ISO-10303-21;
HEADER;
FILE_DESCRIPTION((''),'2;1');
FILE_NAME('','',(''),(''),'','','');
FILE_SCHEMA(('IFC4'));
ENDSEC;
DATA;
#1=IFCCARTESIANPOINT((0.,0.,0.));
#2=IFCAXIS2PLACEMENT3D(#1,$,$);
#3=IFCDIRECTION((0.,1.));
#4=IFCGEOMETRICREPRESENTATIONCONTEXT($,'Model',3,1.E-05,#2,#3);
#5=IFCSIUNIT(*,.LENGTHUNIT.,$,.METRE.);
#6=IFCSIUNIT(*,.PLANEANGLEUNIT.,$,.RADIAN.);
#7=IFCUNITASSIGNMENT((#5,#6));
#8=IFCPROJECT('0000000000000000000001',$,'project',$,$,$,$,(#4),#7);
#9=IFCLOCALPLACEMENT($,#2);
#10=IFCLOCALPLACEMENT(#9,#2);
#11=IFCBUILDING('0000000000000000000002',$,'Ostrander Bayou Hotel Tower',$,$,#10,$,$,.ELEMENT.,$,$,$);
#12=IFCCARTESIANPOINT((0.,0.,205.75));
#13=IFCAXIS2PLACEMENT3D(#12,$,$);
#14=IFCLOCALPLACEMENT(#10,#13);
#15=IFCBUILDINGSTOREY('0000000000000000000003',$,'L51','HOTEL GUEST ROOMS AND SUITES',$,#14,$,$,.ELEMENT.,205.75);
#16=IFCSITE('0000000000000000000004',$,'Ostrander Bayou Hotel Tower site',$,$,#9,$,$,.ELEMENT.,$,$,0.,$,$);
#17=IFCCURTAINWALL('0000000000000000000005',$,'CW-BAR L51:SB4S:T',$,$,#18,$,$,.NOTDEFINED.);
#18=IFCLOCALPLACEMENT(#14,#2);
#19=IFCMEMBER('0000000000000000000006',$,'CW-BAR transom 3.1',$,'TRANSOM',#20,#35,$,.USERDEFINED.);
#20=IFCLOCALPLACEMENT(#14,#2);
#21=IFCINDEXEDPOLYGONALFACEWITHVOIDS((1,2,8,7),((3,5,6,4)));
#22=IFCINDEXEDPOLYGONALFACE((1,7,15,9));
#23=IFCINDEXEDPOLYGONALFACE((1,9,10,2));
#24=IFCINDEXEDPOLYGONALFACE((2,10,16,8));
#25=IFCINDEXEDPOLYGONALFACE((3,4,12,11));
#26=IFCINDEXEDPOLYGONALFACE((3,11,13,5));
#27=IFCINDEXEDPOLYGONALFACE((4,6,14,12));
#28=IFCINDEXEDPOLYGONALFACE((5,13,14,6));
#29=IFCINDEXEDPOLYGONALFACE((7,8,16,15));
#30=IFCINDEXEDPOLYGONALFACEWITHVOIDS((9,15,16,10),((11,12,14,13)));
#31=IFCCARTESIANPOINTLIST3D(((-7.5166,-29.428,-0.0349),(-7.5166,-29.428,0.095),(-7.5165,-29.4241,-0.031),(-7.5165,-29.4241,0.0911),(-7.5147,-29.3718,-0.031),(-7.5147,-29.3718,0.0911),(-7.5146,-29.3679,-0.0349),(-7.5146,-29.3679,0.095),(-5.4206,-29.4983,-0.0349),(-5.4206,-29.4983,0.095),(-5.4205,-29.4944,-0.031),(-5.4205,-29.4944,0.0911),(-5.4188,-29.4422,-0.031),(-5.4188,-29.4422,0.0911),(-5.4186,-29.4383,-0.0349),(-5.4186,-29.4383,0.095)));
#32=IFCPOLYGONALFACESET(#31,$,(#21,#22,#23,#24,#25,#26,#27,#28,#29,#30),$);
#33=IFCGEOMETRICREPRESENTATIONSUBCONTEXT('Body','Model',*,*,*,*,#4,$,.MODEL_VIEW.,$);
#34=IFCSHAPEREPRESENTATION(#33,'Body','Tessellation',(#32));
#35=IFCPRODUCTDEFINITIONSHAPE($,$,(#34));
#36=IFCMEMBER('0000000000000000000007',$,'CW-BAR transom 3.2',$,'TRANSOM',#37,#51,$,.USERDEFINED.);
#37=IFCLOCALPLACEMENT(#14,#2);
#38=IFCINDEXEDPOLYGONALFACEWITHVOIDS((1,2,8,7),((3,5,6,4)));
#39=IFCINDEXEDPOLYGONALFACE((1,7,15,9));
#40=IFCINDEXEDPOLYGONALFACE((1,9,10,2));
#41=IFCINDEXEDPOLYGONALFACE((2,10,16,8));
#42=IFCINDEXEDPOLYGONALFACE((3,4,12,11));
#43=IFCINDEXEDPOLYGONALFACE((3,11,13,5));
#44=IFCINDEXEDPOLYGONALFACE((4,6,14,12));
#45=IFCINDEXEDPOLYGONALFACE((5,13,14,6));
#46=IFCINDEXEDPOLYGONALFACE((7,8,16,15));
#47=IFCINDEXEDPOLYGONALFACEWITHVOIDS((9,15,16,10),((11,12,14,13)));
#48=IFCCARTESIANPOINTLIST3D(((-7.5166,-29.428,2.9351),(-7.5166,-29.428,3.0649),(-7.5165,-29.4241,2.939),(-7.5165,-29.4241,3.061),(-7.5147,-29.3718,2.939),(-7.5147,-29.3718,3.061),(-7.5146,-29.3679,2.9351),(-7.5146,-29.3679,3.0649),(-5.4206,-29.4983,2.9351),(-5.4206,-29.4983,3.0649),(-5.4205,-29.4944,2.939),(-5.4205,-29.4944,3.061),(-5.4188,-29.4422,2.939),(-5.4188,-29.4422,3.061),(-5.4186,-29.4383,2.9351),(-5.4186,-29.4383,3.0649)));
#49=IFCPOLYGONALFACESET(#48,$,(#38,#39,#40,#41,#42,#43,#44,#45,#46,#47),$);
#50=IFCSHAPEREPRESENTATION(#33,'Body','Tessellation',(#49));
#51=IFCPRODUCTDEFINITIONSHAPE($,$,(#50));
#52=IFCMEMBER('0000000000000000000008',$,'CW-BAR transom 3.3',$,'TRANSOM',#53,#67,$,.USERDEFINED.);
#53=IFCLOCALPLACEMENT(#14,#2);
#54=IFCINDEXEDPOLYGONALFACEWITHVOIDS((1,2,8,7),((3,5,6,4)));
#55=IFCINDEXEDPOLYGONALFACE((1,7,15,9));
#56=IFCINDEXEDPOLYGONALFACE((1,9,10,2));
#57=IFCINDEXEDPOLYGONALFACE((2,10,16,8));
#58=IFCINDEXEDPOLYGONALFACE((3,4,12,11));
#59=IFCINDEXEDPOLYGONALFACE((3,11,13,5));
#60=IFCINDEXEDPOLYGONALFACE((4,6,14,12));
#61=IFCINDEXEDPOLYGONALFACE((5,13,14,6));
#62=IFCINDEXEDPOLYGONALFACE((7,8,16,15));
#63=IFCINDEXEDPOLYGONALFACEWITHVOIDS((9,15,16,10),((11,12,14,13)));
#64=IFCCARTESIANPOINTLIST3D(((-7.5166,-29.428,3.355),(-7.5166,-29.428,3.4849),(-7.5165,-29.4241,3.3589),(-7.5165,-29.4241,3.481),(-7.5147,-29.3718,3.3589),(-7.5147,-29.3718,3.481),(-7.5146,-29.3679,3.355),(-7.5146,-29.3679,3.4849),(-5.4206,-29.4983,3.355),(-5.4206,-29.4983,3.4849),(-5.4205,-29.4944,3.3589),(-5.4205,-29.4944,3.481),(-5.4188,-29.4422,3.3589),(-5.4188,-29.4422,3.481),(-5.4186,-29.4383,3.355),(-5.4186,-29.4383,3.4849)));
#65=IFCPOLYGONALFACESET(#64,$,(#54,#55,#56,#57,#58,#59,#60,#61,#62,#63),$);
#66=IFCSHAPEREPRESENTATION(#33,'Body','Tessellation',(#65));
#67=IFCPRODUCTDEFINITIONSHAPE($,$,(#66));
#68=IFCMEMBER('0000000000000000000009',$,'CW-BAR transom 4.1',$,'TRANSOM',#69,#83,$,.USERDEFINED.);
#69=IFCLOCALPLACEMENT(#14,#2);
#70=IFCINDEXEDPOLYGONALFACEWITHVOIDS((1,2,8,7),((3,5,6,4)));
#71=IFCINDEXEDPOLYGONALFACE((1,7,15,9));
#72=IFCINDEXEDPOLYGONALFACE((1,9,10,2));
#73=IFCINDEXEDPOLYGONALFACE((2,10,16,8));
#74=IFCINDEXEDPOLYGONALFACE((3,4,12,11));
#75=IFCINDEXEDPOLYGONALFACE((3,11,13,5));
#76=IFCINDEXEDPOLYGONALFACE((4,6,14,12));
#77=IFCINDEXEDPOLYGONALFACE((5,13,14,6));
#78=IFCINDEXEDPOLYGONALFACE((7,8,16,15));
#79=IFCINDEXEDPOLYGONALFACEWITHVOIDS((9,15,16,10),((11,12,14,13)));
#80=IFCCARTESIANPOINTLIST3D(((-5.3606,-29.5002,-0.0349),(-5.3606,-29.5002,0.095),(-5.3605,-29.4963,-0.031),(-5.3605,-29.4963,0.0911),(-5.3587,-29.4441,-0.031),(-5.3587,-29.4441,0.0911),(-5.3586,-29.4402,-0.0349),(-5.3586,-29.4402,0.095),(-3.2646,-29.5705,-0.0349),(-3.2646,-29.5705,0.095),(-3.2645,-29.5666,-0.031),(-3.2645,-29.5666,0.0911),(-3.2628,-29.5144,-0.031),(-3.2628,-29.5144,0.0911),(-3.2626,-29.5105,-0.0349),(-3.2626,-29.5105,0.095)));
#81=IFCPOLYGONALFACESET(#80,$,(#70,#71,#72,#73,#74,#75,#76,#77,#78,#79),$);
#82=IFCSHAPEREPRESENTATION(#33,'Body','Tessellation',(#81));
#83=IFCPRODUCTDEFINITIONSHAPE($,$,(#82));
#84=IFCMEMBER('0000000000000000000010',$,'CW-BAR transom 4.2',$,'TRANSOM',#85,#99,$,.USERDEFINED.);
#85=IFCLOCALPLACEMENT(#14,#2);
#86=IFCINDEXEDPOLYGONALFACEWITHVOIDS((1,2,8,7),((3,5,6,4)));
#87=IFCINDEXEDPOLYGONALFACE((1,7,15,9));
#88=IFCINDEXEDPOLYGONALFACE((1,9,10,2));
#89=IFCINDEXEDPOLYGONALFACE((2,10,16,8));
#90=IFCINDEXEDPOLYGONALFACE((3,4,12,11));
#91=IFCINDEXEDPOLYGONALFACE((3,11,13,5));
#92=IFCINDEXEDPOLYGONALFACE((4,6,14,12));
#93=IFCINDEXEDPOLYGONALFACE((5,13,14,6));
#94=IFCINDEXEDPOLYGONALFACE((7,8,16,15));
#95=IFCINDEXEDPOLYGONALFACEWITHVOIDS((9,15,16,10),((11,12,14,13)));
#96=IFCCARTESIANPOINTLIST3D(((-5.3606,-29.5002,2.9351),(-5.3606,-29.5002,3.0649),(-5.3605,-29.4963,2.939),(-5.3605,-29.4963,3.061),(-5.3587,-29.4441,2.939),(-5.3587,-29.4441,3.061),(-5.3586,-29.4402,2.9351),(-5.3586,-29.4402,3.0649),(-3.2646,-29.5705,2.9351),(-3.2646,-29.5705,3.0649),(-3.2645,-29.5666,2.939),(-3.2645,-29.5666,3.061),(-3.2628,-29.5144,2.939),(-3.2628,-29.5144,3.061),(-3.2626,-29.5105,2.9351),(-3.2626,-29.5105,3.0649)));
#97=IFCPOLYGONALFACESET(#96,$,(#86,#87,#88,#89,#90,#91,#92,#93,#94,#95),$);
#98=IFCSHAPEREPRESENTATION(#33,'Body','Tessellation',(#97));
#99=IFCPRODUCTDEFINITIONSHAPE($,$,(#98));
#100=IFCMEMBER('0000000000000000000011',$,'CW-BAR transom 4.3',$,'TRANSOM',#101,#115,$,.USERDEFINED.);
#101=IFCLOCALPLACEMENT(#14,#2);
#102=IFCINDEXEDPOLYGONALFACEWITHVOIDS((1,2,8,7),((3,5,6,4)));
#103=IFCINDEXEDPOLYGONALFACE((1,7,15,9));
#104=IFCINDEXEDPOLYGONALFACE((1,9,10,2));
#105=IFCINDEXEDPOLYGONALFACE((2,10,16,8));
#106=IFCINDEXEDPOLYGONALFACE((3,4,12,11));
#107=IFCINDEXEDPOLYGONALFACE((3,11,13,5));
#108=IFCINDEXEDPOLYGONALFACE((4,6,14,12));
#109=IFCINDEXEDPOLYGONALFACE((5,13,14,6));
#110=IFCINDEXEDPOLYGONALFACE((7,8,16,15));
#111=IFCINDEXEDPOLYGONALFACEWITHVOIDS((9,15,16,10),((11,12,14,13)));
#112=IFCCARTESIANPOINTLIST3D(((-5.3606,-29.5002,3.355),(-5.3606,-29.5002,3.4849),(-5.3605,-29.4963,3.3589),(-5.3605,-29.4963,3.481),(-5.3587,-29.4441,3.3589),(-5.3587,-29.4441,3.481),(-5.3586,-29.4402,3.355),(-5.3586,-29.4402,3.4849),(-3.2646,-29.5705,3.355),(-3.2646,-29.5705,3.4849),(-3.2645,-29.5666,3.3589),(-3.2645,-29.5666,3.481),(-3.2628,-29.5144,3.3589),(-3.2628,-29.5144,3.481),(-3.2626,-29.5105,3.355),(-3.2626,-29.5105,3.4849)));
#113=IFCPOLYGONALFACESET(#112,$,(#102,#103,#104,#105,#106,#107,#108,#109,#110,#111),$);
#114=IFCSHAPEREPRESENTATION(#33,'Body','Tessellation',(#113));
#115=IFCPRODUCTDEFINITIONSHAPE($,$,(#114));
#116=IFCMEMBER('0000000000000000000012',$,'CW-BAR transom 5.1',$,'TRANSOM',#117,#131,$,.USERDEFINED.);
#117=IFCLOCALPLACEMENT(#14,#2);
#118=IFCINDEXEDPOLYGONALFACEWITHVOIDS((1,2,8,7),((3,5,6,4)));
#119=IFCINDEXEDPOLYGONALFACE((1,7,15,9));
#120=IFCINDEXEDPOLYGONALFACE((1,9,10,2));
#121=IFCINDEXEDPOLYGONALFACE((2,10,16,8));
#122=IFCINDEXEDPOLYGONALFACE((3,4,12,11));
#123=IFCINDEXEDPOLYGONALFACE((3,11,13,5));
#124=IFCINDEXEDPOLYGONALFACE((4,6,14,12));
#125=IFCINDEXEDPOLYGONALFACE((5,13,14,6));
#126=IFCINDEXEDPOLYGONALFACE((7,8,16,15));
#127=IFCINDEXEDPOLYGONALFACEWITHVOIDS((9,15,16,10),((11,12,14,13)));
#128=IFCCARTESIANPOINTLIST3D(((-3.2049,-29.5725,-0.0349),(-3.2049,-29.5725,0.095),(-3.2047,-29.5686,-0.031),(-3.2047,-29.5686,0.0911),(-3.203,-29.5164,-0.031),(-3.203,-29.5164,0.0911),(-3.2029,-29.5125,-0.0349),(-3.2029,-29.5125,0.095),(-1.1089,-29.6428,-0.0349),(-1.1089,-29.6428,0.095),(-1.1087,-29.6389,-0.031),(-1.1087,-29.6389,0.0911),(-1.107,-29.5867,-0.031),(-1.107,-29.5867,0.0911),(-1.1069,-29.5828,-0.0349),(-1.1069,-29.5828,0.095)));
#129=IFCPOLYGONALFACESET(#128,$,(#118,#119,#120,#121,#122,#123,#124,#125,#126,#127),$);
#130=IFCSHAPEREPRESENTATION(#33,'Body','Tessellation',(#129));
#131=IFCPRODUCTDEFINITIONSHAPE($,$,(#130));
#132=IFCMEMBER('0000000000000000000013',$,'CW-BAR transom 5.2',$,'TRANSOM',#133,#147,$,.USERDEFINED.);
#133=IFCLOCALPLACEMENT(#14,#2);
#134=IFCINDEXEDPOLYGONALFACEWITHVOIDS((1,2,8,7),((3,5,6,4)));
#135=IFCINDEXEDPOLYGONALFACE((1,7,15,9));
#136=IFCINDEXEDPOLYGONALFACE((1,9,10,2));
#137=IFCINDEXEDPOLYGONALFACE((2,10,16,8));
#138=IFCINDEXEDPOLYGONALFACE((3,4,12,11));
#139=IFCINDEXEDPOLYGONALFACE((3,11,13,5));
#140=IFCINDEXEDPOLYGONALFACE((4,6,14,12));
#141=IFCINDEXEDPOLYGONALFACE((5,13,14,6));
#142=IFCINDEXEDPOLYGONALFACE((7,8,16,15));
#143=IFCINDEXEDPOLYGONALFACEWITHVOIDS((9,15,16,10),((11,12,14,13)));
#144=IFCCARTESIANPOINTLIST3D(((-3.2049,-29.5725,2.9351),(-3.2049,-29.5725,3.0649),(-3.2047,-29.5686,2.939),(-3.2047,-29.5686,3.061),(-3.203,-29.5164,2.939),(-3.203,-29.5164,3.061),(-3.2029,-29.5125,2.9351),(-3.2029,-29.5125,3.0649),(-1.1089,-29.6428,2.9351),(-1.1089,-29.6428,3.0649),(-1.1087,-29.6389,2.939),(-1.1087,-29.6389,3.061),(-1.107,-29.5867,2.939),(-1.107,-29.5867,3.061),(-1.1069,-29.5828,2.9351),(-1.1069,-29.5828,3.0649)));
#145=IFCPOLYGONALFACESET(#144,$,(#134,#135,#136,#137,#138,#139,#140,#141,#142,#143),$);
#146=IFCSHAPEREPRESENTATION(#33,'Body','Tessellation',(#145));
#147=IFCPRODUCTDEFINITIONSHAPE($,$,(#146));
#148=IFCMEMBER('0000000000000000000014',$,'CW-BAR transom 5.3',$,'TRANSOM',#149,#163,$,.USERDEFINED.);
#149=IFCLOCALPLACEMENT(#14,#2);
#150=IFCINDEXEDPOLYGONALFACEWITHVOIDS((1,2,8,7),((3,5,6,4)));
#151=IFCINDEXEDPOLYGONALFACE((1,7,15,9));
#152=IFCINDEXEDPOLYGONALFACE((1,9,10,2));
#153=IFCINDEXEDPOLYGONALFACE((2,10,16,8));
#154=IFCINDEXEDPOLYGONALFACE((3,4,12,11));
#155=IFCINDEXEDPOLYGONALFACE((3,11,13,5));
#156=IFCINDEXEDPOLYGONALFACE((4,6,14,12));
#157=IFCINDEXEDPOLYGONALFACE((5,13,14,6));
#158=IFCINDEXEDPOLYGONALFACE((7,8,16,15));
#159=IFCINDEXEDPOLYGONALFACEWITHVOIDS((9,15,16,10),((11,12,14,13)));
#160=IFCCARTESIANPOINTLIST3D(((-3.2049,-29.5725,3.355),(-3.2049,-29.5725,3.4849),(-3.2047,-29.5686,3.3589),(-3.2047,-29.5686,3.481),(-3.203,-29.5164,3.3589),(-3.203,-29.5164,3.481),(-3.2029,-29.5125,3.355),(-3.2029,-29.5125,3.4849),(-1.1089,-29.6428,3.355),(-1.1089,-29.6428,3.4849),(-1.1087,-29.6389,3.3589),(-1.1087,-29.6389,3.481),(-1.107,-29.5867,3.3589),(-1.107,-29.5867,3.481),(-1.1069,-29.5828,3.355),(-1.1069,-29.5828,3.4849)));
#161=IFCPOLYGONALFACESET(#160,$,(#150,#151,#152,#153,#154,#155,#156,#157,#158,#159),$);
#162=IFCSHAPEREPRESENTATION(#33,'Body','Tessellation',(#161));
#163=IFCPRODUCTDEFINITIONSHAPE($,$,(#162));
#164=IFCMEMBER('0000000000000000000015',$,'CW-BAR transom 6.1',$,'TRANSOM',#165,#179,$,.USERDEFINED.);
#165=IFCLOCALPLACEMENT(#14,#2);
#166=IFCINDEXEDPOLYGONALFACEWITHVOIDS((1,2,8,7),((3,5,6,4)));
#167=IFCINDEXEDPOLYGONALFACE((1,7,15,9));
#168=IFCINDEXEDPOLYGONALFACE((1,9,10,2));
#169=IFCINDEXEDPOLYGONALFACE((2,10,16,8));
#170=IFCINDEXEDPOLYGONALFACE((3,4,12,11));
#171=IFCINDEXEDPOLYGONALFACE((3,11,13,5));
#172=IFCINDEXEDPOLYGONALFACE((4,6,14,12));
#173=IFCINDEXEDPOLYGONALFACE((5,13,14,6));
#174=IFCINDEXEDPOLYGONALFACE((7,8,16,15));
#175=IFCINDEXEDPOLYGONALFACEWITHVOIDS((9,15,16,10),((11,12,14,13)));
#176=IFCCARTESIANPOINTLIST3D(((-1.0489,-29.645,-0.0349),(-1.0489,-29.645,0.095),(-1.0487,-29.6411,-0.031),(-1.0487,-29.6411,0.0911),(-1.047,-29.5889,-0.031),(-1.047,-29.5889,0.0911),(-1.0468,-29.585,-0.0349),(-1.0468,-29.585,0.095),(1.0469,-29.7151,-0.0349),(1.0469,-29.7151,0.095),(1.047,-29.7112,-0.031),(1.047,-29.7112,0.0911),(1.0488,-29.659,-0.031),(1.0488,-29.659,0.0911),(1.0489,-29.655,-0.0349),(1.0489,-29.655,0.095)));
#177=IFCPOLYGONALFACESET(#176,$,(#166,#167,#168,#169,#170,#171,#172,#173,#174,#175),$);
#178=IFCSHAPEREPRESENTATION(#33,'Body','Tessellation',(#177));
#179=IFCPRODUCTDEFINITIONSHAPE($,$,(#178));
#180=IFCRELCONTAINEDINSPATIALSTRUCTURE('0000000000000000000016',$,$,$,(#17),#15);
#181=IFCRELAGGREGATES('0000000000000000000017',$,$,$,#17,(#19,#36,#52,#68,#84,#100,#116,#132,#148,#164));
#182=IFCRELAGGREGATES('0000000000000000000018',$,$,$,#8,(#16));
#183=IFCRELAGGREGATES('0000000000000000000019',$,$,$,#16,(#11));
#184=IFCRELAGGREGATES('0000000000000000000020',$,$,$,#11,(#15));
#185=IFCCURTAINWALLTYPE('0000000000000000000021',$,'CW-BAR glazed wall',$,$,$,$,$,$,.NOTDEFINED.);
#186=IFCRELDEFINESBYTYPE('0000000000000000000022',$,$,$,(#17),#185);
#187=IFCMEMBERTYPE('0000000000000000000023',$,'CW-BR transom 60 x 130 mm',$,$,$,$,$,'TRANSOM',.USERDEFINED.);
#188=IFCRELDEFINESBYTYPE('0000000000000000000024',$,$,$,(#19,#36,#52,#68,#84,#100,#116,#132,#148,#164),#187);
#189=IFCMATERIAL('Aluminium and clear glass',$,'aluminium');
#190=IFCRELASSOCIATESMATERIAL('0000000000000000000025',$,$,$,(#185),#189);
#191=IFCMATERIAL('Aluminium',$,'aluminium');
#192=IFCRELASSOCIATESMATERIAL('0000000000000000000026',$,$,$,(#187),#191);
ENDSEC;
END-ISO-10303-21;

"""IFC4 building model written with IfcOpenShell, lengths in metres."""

from ifc_helpers import new_model, si_unit, direction, frame, origin, origin_2d, place, context, subcontext, project, spatial, hollow_rectangle, extrude, material, material_profile, profile_set, type_object, element, aggregate, save


model = new_model("IFC4")

# Units and contexts
model_context = context("Model", 3, precision=1e-05, world=origin(), true_north=direction((0.0, 1.0)))
body_context = subcontext(model_context, "Body", "Model", "MODEL_VIEW")
ifc_project = project(units=[si_unit("LENGTHUNIT", "METRE"), si_unit("PLANEANGLEUNIT", "RADIAN")], contexts=[model_context])

# Site, building, storey
site_placement = place(None, origin())
site = spatial("IfcSite", under=ifc_project, at=site_placement, Name="Ostrander Bayou Hotel Tower site", CompositionType="ELEMENT", RefElevation=0.0)
building_placement = place(site_placement, origin())
building = spatial("IfcBuilding", under=site, at=building_placement, Name="Ostrander Bayou Hotel Tower", CompositionType="ELEMENT")
storey_placement = place(building_placement, frame((0.0, 0.0, 205.75)))
storey = spatial("IfcBuildingStorey", under=building, at=storey_placement, Name="L51", Description="HOTEL GUEST ROOMS AND SUITES", CompositionType="ELEMENT", Elevation=205.75)

# Curtain wall, members
ifc_material_1 = material(Name="Aluminium and clear glass", Category="aluminium")
curtain_wall_type = type_object("IfcCurtainWallType", Name="CW-BAR glazed wall", PredefinedType="NOTDEFINED", material=ifc_material_1)
curtain_wall_placement = place(storey_placement, origin())
curtain_wall = element("IfcCurtainWall", 1, at=curtain_wall_placement, inside=storey, type_object=curtain_wall_type, Name="CW-BAR L51:SB4S:T", PredefinedType="NOTDEFINED")
ifc_material_2 = material(Name="Aluminium", Category="aluminium")
ifc_material_profile_1 = material_profile(ifc_material_2, hollow_rectangle(XDim=0.0601, YDim=0.1299, WallThickness=0.0039, at=origin_2d()))
ifc_profile_set_1 = profile_set([ifc_material_profile_1], Name="Aluminium")
member_type_1 = type_object("IfcMemberType", Name="CW-BR transom 60 x 130 mm", ElementType="TRANSOM", PredefinedType="USERDEFINED", material=ifc_profile_set_1)
member_1_placement = place(storey_placement, frame((-7.5156, -29.3979, 0.03), z_axis=(0.999438, -0.033528, 0.0), x_axis=(0.033528, 0.999438, 0.0)))
member_1 = element("IfcMember", 2, at=member_1_placement, type_object=member_type_1, Name="CW-BAR transom 3.1", ObjectType="TRANSOM", PredefinedType="USERDEFINED", context=body_context, shape_type="SweptSolid", body=[
    extrude(hollow_rectangle(XDim=0.0601, YDim=0.1299, WallThickness=0.0039, at=origin_2d()), origin(), (0.0, 0.0, 1.0), 2.0972),
])
member_2_placement = place(storey_placement, frame((-7.5156, -29.3979, 3.0), z_axis=(0.999438, -0.033528, 0.0), x_axis=(0.033528, 0.999438, 0.0)))
member_2 = element("IfcMember", 3, at=member_2_placement, type_object=member_type_1, Name="CW-BAR transom 3.2", ObjectType="TRANSOM", PredefinedType="USERDEFINED", context=body_context, shape_type="SweptSolid", body=[
    extrude(hollow_rectangle(XDim=0.0601, YDim=0.1299, WallThickness=0.0039, at=origin_2d()), origin(), (0.0, 0.0, 1.0), 2.0972),
])
member_3_placement = place(storey_placement, frame((-7.5156, -29.3979, 3.4199), z_axis=(0.999438, -0.033528, 0.0), x_axis=(0.033528, 0.999438, 0.0)))
member_3 = element("IfcMember", 4, at=member_3_placement, type_object=member_type_1, Name="CW-BAR transom 3.3", ObjectType="TRANSOM", PredefinedType="USERDEFINED", context=body_context, shape_type="SweptSolid", body=[
    extrude(hollow_rectangle(XDim=0.0601, YDim=0.1299, WallThickness=0.0039, at=origin_2d()), origin(), (0.0, 0.0, 1.0), 2.0972),
])
member_4_placement = place(storey_placement, frame((-5.3596, -29.4702, 0.03), z_axis=(0.999438, -0.033528, 0.0), x_axis=(0.033528, 0.999438, 0.0)))
member_4 = element("IfcMember", 5, at=member_4_placement, type_object=member_type_1, Name="CW-BAR transom 4.1", ObjectType="TRANSOM", PredefinedType="USERDEFINED", context=body_context, shape_type="SweptSolid", body=[
    extrude(hollow_rectangle(XDim=0.0601, YDim=0.1299, WallThickness=0.0039, at=origin_2d()), origin(), (0.0, 0.0, 1.0), 2.0972),
])
member_5_placement = place(storey_placement, frame((-5.3596, -29.4702, 3.0), z_axis=(0.999438, -0.033528, 0.0), x_axis=(0.033528, 0.999438, 0.0)))
member_5 = element("IfcMember", 6, at=member_5_placement, type_object=member_type_1, Name="CW-BAR transom 4.2", ObjectType="TRANSOM", PredefinedType="USERDEFINED", context=body_context, shape_type="SweptSolid", body=[
    extrude(hollow_rectangle(XDim=0.0601, YDim=0.1299, WallThickness=0.0039, at=origin_2d()), origin(), (0.0, 0.0, 1.0), 2.0972),
])
member_6_placement = place(storey_placement, frame((-5.3596, -29.4702, 3.4199), z_axis=(0.999438, -0.033528, 0.0), x_axis=(0.033528, 0.999438, 0.0)))
member_6 = element("IfcMember", 7, at=member_6_placement, type_object=member_type_1, Name="CW-BAR transom 4.3", ObjectType="TRANSOM", PredefinedType="USERDEFINED", context=body_context, shape_type="SweptSolid", body=[
    extrude(hollow_rectangle(XDim=0.0601, YDim=0.1299, WallThickness=0.0039, at=origin_2d()), origin(), (0.0, 0.0, 1.0), 2.0972),
])
member_7_placement = place(storey_placement, frame((-3.2039, -29.5425, 0.03), z_axis=(0.999438, -0.033528, 0.0), x_axis=(0.033528, 0.999438, 0.0)))
member_7 = element("IfcMember", 8, at=member_7_placement, type_object=member_type_1, Name="CW-BAR transom 5.1", ObjectType="TRANSOM", PredefinedType="USERDEFINED", context=body_context, shape_type="SweptSolid", body=[
    extrude(hollow_rectangle(XDim=0.0601, YDim=0.1299, WallThickness=0.0039, at=origin_2d()), origin(), (0.0, 0.0, 1.0), 2.0972),
])
member_8_placement = place(storey_placement, frame((-3.2039, -29.5425, 3.0), z_axis=(0.999438, -0.033528, 0.0), x_axis=(0.033528, 0.999438, 0.0)))
member_8 = element("IfcMember", 9, at=member_8_placement, type_object=member_type_1, Name="CW-BAR transom 5.2", ObjectType="TRANSOM", PredefinedType="USERDEFINED", context=body_context, shape_type="SweptSolid", body=[
    extrude(hollow_rectangle(XDim=0.0601, YDim=0.1299, WallThickness=0.0039, at=origin_2d()), origin(), (0.0, 0.0, 1.0), 2.0972),
])
member_9_placement = place(storey_placement, frame((-3.2039, -29.5425, 3.4199), z_axis=(0.999438, -0.033528, 0.0), x_axis=(0.033528, 0.999438, 0.0)))
member_9 = element("IfcMember", 10, at=member_9_placement, type_object=member_type_1, Name="CW-BAR transom 5.3", ObjectType="TRANSOM", PredefinedType="USERDEFINED", context=body_context, shape_type="SweptSolid", body=[
    extrude(hollow_rectangle(XDim=0.0601, YDim=0.1299, WallThickness=0.0039, at=origin_2d()), origin(), (0.0, 0.0, 1.0), 2.0972),
])
member_10_placement = place(storey_placement, frame((-1.0479, -29.615, 0.03), z_axis=(0.999442, -0.033416, 0.0), x_axis=(0.033416, 0.999442, 0.0)))
member_10 = element("IfcMember", 11, at=member_10_placement, type_object=member_type_1, Name="CW-BAR transom 6.1", ObjectType="TRANSOM", PredefinedType="USERDEFINED", context=body_context, shape_type="SweptSolid", body=[
    extrude(hollow_rectangle(XDim=0.0601, YDim=0.1299, WallThickness=0.0039, at=origin_2d()), origin(), (0.0, 0.0, 1.0), 2.0969),
])

aggregate(curtain_wall, [member_1, member_2, member_3, member_4, member_5, member_6, member_7, member_8, member_9, member_10])

save(model, "model.ifc")
